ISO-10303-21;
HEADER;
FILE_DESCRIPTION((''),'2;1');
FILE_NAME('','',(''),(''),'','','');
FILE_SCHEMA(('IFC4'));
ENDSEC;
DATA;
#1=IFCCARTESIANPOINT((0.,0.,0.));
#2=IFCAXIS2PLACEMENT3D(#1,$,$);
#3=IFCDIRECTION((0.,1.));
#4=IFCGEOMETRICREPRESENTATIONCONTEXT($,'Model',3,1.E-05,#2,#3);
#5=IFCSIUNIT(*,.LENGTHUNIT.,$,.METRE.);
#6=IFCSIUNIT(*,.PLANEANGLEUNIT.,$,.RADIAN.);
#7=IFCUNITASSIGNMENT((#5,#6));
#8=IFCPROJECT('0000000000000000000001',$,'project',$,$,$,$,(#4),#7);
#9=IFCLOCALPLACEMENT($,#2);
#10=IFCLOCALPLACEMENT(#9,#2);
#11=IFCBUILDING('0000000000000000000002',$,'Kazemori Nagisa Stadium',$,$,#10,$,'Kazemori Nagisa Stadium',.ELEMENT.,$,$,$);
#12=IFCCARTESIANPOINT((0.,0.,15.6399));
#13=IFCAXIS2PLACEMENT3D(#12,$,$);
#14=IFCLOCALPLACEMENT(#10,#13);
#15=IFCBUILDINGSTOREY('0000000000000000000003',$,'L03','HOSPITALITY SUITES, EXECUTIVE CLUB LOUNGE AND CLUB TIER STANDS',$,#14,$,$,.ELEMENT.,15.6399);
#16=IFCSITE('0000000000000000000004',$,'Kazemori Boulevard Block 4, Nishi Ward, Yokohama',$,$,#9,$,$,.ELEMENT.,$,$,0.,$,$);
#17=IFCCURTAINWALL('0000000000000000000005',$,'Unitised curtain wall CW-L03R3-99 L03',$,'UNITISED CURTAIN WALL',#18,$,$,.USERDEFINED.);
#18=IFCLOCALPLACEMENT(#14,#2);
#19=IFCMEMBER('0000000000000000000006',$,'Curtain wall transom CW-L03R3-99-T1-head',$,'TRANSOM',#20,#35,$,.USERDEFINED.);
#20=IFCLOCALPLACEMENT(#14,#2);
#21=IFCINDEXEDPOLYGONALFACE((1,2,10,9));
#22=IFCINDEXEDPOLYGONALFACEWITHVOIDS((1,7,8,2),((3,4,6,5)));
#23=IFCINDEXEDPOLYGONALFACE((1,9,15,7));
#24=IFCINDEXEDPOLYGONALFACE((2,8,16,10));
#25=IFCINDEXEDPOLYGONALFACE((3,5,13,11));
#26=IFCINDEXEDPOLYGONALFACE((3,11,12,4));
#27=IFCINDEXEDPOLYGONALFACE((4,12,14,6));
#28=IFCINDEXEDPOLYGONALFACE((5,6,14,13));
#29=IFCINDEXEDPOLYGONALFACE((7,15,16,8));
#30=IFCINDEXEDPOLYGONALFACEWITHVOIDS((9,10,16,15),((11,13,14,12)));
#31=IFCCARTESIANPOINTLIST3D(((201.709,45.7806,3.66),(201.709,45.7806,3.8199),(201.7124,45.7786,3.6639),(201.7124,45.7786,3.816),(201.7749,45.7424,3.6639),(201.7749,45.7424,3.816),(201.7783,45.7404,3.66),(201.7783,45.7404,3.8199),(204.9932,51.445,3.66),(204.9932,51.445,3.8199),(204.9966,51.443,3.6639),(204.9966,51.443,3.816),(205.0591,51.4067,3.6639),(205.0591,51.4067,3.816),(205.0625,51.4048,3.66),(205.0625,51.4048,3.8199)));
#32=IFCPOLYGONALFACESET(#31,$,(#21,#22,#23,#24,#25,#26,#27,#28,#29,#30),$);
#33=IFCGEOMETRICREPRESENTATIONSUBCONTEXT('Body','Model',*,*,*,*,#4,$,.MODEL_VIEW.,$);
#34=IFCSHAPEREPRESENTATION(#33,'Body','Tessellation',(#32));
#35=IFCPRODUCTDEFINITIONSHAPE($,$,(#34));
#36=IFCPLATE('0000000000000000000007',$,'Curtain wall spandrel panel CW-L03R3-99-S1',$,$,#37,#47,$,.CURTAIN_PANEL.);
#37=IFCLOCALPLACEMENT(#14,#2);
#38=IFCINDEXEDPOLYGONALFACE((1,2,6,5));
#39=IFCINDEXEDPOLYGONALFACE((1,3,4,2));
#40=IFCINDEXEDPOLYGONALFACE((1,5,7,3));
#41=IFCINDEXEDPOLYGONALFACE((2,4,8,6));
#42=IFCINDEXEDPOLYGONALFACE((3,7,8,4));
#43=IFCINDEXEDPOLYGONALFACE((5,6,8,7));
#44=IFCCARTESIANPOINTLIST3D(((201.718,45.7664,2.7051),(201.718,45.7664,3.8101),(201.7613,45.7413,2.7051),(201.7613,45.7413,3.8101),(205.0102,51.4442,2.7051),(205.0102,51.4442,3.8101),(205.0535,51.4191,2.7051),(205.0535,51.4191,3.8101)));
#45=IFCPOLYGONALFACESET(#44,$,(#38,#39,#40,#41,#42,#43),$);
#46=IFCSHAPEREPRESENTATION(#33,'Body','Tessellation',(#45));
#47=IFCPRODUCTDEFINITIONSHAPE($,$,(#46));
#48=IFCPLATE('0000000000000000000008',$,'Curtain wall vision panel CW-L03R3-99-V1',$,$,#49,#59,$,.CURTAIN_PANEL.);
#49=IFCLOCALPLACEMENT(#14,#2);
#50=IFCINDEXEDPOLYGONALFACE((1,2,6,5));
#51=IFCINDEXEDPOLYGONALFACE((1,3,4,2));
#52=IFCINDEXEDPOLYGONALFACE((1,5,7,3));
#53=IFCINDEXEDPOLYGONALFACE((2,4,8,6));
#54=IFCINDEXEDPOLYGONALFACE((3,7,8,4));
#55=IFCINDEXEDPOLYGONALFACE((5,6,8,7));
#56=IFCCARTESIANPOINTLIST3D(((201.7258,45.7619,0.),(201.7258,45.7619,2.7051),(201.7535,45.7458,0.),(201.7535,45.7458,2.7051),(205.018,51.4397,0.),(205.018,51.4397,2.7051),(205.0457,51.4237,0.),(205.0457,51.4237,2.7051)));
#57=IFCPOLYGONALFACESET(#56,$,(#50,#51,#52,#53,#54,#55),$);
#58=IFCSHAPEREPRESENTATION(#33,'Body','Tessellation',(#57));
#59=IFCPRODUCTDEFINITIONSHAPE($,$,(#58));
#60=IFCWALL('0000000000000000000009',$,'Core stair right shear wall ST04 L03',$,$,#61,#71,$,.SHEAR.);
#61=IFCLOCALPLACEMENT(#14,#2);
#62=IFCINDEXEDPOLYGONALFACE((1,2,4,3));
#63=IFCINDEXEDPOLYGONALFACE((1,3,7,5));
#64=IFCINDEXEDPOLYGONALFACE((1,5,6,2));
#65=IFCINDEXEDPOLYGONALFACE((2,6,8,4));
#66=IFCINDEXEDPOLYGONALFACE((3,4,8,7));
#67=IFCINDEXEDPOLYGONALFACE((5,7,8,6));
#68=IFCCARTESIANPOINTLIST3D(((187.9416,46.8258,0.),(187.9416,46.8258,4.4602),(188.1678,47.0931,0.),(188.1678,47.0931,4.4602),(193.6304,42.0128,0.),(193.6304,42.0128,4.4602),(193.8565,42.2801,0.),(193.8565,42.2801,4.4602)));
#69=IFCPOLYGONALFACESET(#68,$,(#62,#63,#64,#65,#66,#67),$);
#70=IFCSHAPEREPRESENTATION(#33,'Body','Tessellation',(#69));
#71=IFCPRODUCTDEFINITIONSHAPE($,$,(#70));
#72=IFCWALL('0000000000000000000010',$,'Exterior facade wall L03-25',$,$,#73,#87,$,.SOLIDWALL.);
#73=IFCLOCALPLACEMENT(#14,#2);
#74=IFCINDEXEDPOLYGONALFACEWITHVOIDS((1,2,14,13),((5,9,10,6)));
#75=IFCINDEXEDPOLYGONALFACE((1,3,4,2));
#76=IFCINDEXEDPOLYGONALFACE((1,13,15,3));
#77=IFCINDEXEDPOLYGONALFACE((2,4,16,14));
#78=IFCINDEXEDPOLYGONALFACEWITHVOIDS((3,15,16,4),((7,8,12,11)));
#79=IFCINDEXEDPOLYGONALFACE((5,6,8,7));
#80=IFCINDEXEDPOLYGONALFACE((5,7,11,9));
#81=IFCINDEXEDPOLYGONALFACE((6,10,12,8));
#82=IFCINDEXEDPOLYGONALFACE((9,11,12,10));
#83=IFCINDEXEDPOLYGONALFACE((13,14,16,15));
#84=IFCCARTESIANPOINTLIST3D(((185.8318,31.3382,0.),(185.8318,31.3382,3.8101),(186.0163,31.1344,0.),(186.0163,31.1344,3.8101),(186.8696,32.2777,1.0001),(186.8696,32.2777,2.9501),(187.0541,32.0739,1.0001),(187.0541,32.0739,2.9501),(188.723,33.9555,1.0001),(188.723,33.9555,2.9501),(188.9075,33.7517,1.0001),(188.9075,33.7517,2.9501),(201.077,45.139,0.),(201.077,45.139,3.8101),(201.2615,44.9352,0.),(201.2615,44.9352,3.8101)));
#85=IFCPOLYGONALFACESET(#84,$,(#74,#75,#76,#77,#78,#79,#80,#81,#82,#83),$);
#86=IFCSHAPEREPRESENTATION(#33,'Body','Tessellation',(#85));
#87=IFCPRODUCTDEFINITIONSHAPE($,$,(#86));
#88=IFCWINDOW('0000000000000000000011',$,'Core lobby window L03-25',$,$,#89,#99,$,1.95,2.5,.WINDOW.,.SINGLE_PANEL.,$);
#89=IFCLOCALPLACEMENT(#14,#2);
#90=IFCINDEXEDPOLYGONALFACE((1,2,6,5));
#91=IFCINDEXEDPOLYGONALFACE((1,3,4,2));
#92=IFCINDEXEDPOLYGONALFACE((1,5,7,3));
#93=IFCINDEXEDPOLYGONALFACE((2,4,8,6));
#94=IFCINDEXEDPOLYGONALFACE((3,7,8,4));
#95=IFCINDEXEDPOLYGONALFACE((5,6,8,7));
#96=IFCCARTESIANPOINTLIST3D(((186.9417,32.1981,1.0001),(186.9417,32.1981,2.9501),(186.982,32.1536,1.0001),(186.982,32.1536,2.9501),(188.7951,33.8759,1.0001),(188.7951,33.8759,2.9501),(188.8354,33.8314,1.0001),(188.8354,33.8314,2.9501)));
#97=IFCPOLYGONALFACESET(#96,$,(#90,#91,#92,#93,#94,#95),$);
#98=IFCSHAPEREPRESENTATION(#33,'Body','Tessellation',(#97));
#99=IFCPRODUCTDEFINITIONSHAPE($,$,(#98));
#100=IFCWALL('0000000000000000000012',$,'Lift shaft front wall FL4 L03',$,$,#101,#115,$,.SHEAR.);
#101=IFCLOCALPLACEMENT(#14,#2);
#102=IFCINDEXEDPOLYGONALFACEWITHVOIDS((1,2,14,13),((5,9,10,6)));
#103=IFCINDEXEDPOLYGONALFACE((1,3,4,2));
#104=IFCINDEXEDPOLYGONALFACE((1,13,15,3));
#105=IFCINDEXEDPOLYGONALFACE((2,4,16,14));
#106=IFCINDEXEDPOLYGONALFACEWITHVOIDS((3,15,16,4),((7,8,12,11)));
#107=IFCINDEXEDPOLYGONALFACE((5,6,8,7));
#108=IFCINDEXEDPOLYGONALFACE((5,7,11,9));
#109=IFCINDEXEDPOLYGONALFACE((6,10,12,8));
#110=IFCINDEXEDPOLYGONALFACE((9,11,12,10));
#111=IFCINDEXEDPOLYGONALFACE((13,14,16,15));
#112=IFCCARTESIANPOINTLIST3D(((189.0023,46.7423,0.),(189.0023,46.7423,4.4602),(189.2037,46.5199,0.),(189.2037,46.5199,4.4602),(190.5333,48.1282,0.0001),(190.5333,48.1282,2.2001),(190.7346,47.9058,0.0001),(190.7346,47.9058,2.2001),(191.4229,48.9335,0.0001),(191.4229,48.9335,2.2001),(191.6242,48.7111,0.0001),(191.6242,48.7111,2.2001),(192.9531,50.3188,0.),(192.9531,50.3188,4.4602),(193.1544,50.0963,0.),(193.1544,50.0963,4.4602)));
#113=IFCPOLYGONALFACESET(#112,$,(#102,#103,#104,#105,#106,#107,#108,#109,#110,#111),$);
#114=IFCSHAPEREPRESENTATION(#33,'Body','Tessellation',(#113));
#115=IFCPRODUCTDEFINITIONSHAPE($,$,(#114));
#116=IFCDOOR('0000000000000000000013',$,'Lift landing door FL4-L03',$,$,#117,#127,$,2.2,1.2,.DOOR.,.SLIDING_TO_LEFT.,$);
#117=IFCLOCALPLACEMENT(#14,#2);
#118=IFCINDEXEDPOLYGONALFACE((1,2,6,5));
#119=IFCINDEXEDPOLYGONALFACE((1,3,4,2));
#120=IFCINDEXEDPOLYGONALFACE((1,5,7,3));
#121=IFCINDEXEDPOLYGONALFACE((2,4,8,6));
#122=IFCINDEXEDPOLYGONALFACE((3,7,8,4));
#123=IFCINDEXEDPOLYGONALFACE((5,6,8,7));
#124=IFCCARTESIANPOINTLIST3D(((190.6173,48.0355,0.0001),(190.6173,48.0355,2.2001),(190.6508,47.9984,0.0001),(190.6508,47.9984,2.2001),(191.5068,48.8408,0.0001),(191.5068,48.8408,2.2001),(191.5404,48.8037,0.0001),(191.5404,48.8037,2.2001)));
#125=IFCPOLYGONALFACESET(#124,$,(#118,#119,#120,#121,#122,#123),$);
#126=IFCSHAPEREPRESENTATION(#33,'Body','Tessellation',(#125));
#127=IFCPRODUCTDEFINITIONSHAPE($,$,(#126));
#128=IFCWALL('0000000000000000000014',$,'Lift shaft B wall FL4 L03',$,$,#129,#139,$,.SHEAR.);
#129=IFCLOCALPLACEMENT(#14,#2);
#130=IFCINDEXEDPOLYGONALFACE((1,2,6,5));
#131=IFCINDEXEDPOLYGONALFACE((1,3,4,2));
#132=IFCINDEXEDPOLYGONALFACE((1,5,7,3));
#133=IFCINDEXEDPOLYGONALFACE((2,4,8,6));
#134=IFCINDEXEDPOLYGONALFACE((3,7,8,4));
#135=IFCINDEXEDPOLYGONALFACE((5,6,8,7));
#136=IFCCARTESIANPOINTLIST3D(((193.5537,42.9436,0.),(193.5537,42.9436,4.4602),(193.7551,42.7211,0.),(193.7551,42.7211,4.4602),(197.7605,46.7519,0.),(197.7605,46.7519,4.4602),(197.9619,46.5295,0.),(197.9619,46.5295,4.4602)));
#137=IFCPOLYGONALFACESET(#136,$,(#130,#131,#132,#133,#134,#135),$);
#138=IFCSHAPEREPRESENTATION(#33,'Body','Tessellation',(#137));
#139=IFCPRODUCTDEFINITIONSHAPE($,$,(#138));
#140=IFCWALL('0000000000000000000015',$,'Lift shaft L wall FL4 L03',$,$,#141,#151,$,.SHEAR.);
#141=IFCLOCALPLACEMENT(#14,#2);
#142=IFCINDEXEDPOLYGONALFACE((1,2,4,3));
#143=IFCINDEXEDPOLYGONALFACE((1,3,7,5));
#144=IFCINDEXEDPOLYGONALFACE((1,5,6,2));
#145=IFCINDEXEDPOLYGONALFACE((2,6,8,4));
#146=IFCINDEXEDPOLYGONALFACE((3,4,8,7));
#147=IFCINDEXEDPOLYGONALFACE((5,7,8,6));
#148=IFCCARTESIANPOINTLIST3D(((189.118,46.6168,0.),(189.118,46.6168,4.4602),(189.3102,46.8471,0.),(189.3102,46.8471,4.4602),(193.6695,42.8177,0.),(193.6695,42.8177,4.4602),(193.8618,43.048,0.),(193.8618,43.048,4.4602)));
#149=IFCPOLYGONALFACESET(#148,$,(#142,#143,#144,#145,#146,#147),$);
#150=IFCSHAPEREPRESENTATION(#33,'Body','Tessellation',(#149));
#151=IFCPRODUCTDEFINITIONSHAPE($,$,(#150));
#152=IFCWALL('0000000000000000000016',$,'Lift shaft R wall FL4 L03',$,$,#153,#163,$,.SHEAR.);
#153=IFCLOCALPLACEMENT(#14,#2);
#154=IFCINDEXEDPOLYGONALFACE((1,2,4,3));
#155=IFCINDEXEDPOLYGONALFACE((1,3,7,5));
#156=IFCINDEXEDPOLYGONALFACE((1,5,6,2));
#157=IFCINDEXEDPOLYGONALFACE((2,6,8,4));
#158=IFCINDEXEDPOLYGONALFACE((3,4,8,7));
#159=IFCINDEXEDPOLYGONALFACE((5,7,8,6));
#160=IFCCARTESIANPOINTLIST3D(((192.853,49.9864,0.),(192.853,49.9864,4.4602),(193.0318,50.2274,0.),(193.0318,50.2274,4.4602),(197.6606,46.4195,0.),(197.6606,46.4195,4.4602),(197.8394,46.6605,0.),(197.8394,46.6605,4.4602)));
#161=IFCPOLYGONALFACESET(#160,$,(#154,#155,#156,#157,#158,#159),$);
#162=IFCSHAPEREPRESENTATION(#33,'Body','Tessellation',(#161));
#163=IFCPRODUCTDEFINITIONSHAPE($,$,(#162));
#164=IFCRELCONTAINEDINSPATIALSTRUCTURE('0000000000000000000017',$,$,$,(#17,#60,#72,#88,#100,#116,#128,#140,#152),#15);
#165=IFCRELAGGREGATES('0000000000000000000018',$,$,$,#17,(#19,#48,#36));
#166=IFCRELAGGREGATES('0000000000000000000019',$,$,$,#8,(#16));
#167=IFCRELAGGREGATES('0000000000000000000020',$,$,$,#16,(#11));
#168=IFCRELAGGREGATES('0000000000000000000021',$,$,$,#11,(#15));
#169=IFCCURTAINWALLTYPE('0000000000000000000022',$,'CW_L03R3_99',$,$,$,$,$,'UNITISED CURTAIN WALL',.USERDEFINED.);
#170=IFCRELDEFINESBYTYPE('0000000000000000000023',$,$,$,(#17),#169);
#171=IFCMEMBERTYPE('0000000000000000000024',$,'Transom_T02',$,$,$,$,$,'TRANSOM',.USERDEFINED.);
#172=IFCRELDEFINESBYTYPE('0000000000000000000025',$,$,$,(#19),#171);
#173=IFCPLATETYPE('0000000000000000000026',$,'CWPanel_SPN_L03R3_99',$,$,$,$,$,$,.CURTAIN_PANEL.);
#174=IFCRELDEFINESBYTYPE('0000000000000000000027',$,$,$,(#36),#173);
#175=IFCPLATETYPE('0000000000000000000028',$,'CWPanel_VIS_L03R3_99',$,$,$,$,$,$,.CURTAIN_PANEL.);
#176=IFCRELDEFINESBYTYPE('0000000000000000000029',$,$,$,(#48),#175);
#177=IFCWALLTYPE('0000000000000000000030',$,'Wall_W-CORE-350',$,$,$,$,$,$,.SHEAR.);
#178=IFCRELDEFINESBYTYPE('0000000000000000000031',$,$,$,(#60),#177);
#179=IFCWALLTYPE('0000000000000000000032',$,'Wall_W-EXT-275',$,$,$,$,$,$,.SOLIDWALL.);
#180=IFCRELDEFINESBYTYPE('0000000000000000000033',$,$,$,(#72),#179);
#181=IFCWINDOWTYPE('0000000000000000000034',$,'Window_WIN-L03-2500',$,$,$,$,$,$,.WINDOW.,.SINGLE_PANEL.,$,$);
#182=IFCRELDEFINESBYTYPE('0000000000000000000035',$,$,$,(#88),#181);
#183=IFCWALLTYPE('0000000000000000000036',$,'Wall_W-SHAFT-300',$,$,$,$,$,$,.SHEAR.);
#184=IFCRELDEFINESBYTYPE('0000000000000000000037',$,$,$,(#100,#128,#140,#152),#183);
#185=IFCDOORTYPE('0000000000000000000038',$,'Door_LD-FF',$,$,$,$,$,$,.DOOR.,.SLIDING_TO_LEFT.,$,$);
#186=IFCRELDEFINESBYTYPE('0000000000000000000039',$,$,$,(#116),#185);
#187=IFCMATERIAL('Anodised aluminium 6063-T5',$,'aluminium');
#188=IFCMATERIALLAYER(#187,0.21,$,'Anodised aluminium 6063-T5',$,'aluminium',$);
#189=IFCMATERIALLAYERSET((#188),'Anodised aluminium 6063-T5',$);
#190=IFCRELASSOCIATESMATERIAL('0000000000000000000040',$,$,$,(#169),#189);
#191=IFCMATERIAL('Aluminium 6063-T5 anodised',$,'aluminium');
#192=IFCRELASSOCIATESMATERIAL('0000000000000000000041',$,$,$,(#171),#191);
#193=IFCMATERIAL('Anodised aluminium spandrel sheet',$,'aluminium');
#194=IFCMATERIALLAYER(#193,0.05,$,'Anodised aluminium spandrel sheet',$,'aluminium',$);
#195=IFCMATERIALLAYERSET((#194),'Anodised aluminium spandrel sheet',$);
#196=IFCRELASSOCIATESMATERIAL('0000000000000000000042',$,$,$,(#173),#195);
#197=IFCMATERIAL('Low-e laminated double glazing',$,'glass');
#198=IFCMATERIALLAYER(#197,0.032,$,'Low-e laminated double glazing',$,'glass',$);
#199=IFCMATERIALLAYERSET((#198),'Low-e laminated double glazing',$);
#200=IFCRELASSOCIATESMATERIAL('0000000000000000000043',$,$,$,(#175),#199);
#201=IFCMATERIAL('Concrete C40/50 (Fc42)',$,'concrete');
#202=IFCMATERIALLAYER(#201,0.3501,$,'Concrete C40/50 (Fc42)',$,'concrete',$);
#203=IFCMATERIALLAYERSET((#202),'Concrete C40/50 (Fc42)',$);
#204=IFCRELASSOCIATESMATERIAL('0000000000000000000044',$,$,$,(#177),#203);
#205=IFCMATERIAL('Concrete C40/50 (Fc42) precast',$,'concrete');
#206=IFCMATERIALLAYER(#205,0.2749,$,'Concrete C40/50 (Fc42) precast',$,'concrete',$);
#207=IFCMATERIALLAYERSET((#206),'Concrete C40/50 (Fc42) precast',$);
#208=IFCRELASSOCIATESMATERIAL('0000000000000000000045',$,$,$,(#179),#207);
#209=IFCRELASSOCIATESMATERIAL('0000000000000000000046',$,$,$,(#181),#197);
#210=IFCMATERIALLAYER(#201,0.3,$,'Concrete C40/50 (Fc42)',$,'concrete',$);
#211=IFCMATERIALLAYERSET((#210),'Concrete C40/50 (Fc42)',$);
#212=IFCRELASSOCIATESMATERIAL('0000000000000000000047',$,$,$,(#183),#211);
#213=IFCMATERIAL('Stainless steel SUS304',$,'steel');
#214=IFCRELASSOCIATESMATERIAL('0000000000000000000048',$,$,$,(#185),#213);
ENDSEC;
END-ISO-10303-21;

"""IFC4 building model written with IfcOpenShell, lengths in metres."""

from ifc_helpers import new_model, si_unit, direction, frame, frame_2d, origin, origin_2d, place, context, subcontext, project, spatial, rectangle, hollow_rectangle, extrude, material, layer, layer_set, material_profile, profile_set, type_object, element, fill, aggregate, save


model = new_model("IFC4")

# Units and contexts
model_context = context("Model", 3, precision=1e-05, world=origin(), true_north=direction((0.0, 1.0)))
body_context = subcontext(model_context, "Body", "Model", "MODEL_VIEW")
ifc_project = project(units=[si_unit("LENGTHUNIT", "METRE"), si_unit("PLANEANGLEUNIT", "RADIAN")], contexts=[model_context])

# Site, building, storey
site_placement = place(None, origin())
site = spatial("IfcSite", under=ifc_project, at=site_placement, Name="Kazemori Boulevard Block 4, Nishi Ward, Yokohama", CompositionType="ELEMENT", RefElevation=0.0)
building_placement = place(site_placement, origin())
building = spatial("IfcBuilding", under=site, at=building_placement, Name="Kazemori Nagisa Stadium", LongName="Kazemori Nagisa Stadium", CompositionType="ELEMENT")
storey_placement = place(building_placement, frame((0.0, 0.0, 15.6399)))
storey = spatial("IfcBuildingStorey", under=building, at=storey_placement, Name="L03", Description="HOSPITALITY SUITES, EXECUTIVE CLUB LOUNGE AND CLUB TIER STANDS", CompositionType="ELEMENT", Elevation=15.6399)

# Shared definitions
ifc_material_1 = material(Name="Concrete C40/50 (Fc42)", Category="concrete")

# Shared definitions
ifc_material_2 = material(Name="Anodised aluminium 6063-T5", Category="aluminium")
ifc_material_3 = material(Name="Aluminium 6063-T5 anodised", Category="aluminium")

# Curtain wall, member, plates
ifc_layer_1 = layer(ifc_material_2, 0.21, Name="Anodised aluminium 6063-T5", Category="aluminium")
ifc_layer_set_1 = layer_set([ifc_layer_1], Name="Anodised aluminium 6063-T5")
curtain_wall_type_1 = type_object("IfcCurtainWallType", Name="CW_L03R3_99", ElementType="UNITISED CURTAIN WALL", PredefinedType="USERDEFINED", material=ifc_layer_set_1)
curtain_wall_1_placement = place(storey_placement, origin())
curtain_wall_1 = element("IfcCurtainWall", 1, at=curtain_wall_1_placement, inside=storey, type_object=curtain_wall_type_1, Name="Unitised curtain wall CW-L03R3-99 L03", ObjectType="UNITISED CURTAIN WALL", PredefinedType="USERDEFINED")
ifc_material_profile_1 = material_profile(ifc_material_3, hollow_rectangle(XDim=0.0801, YDim=0.1599, WallThickness=0.0039, at=origin_2d()), Name="ALU-TRAN-80x160x4")
ifc_profile_set_1 = profile_set([ifc_material_profile_1], Name="Aluminium 6063-T5 anodised")
member_type_1 = type_object("IfcMemberType", Name="Transom_T02", ElementType="TRANSOM", PredefinedType="USERDEFINED", material=ifc_profile_set_1)
member_1_placement = place(storey_placement, frame((201.7437, 45.7605, 3.74), z_axis=(0.50159, 0.865105, 0.0), x_axis=(-0.865105, 0.50159, 0.0)))
member_1 = element("IfcMember", 2, at=member_1_placement, type_object=member_type_1, Name="Curtain wall transom CW-L03R3-99-T1-head", ObjectType="TRANSOM", PredefinedType="USERDEFINED", context=body_context, shape_type="SweptSolid", body=[
    extrude(hollow_rectangle(XDim=0.0801, YDim=0.1599, WallThickness=0.0039, at=origin_2d()), origin(), (0.0, 0.0, 1.0), 6.5476),
])
ifc_material_4 = material(Name="Anodised aluminium spandrel sheet", Category="aluminium")
ifc_layer_2 = layer(ifc_material_4, 0.05, Name="Anodised aluminium spandrel sheet", Category="aluminium")
ifc_layer_set_2 = layer_set([ifc_layer_2], Name="Anodised aluminium spandrel sheet")
plate_type_1 = type_object("IfcPlateType", Name="CWPanel_SPN_L03R3_99", PredefinedType="CURTAIN_PANEL", material=ifc_layer_set_2)
plate_1_placement = place(storey_placement, frame((203.3857, 48.5928, 2.7051), z_axis=(0.0, 0.0, 1.0), x_axis=(0.501612, 0.865093, 0.0)))
plate_1 = element("IfcPlate", 3, at=plate_1_placement, type_object=plate_type_1, Name="Curtain wall spandrel panel CW-L03R3-99-S1", PredefinedType="CURTAIN_PANEL", context=body_context, shape_type="SweptSolid", body=[
    extrude(rectangle(XDim=6.5632, YDim=0.05, at=origin_2d()), origin(), (0.0, 0.0, 1.0), 1.105),
])
ifc_material_5 = material(Name="Low-e laminated double glazing", Category="glass")
ifc_layer_3 = layer(ifc_material_5, 0.032, Name="Low-e laminated double glazing", Category="glass")
ifc_layer_set_3 = layer_set([ifc_layer_3], Name="Low-e laminated double glazing")
plate_type_2 = type_object("IfcPlateType", Name="CWPanel_VIS_L03R3_99", PredefinedType="CURTAIN_PANEL", material=ifc_layer_set_3)
plate_2_placement = place(storey_placement, frame((203.3857, 48.5928, 0.0), z_axis=(0.0, 0.0, 1.0), x_axis=(0.501612, 0.865093, 0.0)))
plate_2 = element("IfcPlate", 4, at=plate_2_placement, type_object=plate_type_2, Name="Curtain wall vision panel CW-L03R3-99-V1", PredefinedType="CURTAIN_PANEL", context=body_context, shape_type="SweptSolid", body=[
    extrude(rectangle(XDim=6.5632, YDim=0.032, at=origin_2d()), origin(), (0.0, 0.0, 1.0), 2.7051),
])
aggregate(curtain_wall_1, [member_1, plate_2, plate_1])

# Wall
ifc_layer_4 = layer(ifc_material_1, 0.3501, Name="Concrete C40/50 (Fc42)", Category="concrete")
ifc_layer_set_4 = layer_set([ifc_layer_4], Name="Concrete C40/50 (Fc42)")
wall_type_1 = type_object("IfcWallType", Name="Wall_W-CORE-350", PredefinedType="SHEAR", material=ifc_layer_set_4)
wall_1_placement = place(storey_placement, frame((188.0547, 46.9595, 0.0), z_axis=(0.0, 0.0, 1.0), x_axis=(0.763422, -0.6459, 0.0)))
element("IfcWall", 5, at=wall_1_placement, inside=storey, type_object=wall_type_1, Name="Core stair right shear wall ST04 L03", PredefinedType="SHEAR", context=body_context, shape_type="SweptSolid", body=[
    extrude(rectangle(XDim=7.4517, YDim=0.3501, at=frame_2d((3.7258, 0.0))), origin(), (0.0, 0.0, 1.0), 4.4602),
])

# Wall, opening, window
ifc_material_6 = material(Name="Concrete C40/50 (Fc42) precast", Category="concrete")
ifc_layer_5 = layer(ifc_material_6, 0.2749, Name="Concrete C40/50 (Fc42) precast", Category="concrete")
ifc_layer_set_5 = layer_set([ifc_layer_5], Name="Concrete C40/50 (Fc42) precast")
wall_type_2 = type_object("IfcWallType", Name="Wall_W-EXT-275", PredefinedType="SOLIDWALL", material=ifc_layer_set_5)
wall_2_placement = place(storey_placement, frame((185.9241, 31.2363, 0.0), z_axis=(0.0, 0.0, 1.0), x_axis=(0.741352, 0.671116, 0.0)))
wall_2 = element("IfcWall", 6, at=wall_2_placement, inside=storey, type_object=wall_type_2, Name="Exterior facade wall L03-25", PredefinedType="SOLIDWALL", context=body_context, shape_type="SweptSolid", body=[
    extrude(rectangle(XDim=20.564, YDim=0.2749, at=frame_2d((10.282, 0.0))), origin(), (0.0, 0.0, 1.0), 3.8101),
])
opening_1_placement = place(wall_2_placement, frame((1.3999, 0.0, 1.0)))
opening_1 = element("IfcOpeningElement", 7, at=opening_1_placement, cuts=wall_2, PredefinedType="OPENING", context=body_context, shape_type="SweptSolid", body=[
    extrude(rectangle(XDim=2.5, YDim=1.95, at=frame_2d((1.25, 0.9751))), frame((0.0, 0.1475, 0.0), z_axis=(0.0, -1.0, 0.0), x_axis=(1.0, 0.0, 0.0)), (0.0, 0.0, 1.0), 0.2949),
])
window_type = type_object("IfcWindowType", Name="Window_WIN-L03-2500", PartitioningType="SINGLE_PANEL", PredefinedType="WINDOW", material=ifc_material_5)
window_placement = place(opening_1_placement, origin())
window = element("IfcWindow", 8, at=window_placement, inside=storey, type_object=window_type, Name="Core lobby window L03-25", OverallHeight=1.95, OverallWidth=2.5, PartitioningType="SINGLE_PANEL", PredefinedType="WINDOW", context=body_context, shape_type="SweptSolid", body=[
    extrude(rectangle(XDim=2.5, YDim=1.95, at=frame_2d((1.25, 0.9751))), frame((0.0, 0.03, 0.0), z_axis=(0.0, -1.0, 0.0), x_axis=(1.0, 0.0, 0.0)), (0.0, 0.0, 1.0), 0.0601),
])
fill(opening_1, window)

# Wall, opening, door
ifc_layer_6 = layer(ifc_material_1, 0.3, Name="Concrete C40/50 (Fc42)", Category="concrete")
ifc_layer_set_6 = layer_set([ifc_layer_6], Name="Concrete C40/50 (Fc42)")
wall_type_3 = type_object("IfcWallType", Name="Wall_W-SHAFT-300", PredefinedType="SHEAR", material=ifc_layer_set_6)
wall_3_placement = place(storey_placement, frame((189.103, 46.6311, 0.0), z_axis=(0.0, 0.0, 1.0), x_axis=(0.74135, 0.671118, 0.0)))
wall_3 = element("IfcWall", 9, at=wall_3_placement, inside=storey, type_object=wall_type_3, Name="Lift shaft front wall FL4 L03", PredefinedType="SHEAR", context=body_context, shape_type="SweptSolid", body=[
    extrude(rectangle(XDim=5.3291, YDim=0.3, at=frame_2d((2.6646, 0.0))), origin(), (0.0, 0.0, 1.0), 4.4602),
])
opening_2_placement = place(wall_3_placement, frame((2.0649, 0.0, 0.0)))
opening_2 = element("IfcOpeningElement", 10, at=opening_2_placement, cuts=wall_3, PredefinedType="OPENING", context=body_context, shape_type="SweptSolid", body=[
    extrude(rectangle(XDim=1.2, YDim=2.2, at=frame_2d((0.6001, 1.1001))), frame((0.0, 0.1599, 0.0), z_axis=(0.0, -1.0, 0.0), x_axis=(1.0, 0.0, 0.0)), (0.0, 0.0, 1.0), 0.3201),
])
ifc_material_7 = material(Name="Stainless steel SUS304", Category="steel")
door_type = type_object("IfcDoorType", Name="Door_LD-FF", OperationType="SLIDING_TO_LEFT", PredefinedType="DOOR", material=ifc_material_7)
door_placement = place(opening_2_placement, origin())
door = element("IfcDoor", 11, at=door_placement, inside=storey, type_object=door_type, Name="Lift landing door FL4-L03", OperationType="SLIDING_TO_LEFT", OverallHeight=2.2, OverallWidth=1.2, PredefinedType="DOOR", context=body_context, shape_type="SweptSolid", body=[
    extrude(rectangle(XDim=1.2, YDim=2.2, at=frame_2d((0.6001, 1.1001))), frame((0.0, 0.0249, 0.0), z_axis=(0.0, -1.0, 0.0), x_axis=(1.0, 0.0, 0.0)), (0.0, 0.0, 1.0), 0.05),
])
fill(opening_2, door)

# Walls
wall_4_placement = place(storey_placement, frame((193.6543, 42.8323, 0.0), z_axis=(0.0, 0.0, 1.0), x_axis=(0.741342, 0.671127, 0.0)))
element("IfcWall", 12, at=wall_4_placement, inside=storey, type_object=wall_type_3, Name="Lift shaft B wall FL4 L03", PredefinedType="SHEAR", context=body_context, shape_type="SweptSolid", body=[
    extrude(rectangle(XDim=5.6746, YDim=0.3, at=frame_2d((2.8374, 0.0))), origin(), (0.0, 0.0, 1.0), 4.4602),
])
wall_5_placement = place(storey_placement, frame((189.2141, 46.7319, 0.0), z_axis=(0.0, 0.0, 1.0), x_axis=(0.767711, -0.640796, 0.0)))
element("IfcWall", 13, at=wall_5_placement, inside=storey, type_object=wall_type_3, Name="Lift shaft L wall FL4 L03", PredefinedType="SHEAR", context=body_context, shape_type="SweptSolid", body=[
    extrude(rectangle(XDim=5.9287, YDim=0.3, at=frame_2d((2.9644, 0.0))), origin(), (0.0, 0.0, 1.0), 4.4602),
])
wall_6_placement = place(storey_placement, frame((192.9424, 50.1069, 0.0), z_axis=(0.0, 0.0, 1.0), x_axis=(0.803102, -0.595842, 0.0)))
element("IfcWall", 14, at=wall_6_placement, inside=storey, type_object=wall_type_3, Name="Lift shaft R wall FL4 L03", PredefinedType="SHEAR", context=body_context, shape_type="SweptSolid", body=[
    extrude(rectangle(XDim=5.9863, YDim=0.3, at=frame_2d((2.9932, 0.0))), origin(), (0.0, 0.0, 1.0), 4.4602),
])

save(model, "model.ifc")
